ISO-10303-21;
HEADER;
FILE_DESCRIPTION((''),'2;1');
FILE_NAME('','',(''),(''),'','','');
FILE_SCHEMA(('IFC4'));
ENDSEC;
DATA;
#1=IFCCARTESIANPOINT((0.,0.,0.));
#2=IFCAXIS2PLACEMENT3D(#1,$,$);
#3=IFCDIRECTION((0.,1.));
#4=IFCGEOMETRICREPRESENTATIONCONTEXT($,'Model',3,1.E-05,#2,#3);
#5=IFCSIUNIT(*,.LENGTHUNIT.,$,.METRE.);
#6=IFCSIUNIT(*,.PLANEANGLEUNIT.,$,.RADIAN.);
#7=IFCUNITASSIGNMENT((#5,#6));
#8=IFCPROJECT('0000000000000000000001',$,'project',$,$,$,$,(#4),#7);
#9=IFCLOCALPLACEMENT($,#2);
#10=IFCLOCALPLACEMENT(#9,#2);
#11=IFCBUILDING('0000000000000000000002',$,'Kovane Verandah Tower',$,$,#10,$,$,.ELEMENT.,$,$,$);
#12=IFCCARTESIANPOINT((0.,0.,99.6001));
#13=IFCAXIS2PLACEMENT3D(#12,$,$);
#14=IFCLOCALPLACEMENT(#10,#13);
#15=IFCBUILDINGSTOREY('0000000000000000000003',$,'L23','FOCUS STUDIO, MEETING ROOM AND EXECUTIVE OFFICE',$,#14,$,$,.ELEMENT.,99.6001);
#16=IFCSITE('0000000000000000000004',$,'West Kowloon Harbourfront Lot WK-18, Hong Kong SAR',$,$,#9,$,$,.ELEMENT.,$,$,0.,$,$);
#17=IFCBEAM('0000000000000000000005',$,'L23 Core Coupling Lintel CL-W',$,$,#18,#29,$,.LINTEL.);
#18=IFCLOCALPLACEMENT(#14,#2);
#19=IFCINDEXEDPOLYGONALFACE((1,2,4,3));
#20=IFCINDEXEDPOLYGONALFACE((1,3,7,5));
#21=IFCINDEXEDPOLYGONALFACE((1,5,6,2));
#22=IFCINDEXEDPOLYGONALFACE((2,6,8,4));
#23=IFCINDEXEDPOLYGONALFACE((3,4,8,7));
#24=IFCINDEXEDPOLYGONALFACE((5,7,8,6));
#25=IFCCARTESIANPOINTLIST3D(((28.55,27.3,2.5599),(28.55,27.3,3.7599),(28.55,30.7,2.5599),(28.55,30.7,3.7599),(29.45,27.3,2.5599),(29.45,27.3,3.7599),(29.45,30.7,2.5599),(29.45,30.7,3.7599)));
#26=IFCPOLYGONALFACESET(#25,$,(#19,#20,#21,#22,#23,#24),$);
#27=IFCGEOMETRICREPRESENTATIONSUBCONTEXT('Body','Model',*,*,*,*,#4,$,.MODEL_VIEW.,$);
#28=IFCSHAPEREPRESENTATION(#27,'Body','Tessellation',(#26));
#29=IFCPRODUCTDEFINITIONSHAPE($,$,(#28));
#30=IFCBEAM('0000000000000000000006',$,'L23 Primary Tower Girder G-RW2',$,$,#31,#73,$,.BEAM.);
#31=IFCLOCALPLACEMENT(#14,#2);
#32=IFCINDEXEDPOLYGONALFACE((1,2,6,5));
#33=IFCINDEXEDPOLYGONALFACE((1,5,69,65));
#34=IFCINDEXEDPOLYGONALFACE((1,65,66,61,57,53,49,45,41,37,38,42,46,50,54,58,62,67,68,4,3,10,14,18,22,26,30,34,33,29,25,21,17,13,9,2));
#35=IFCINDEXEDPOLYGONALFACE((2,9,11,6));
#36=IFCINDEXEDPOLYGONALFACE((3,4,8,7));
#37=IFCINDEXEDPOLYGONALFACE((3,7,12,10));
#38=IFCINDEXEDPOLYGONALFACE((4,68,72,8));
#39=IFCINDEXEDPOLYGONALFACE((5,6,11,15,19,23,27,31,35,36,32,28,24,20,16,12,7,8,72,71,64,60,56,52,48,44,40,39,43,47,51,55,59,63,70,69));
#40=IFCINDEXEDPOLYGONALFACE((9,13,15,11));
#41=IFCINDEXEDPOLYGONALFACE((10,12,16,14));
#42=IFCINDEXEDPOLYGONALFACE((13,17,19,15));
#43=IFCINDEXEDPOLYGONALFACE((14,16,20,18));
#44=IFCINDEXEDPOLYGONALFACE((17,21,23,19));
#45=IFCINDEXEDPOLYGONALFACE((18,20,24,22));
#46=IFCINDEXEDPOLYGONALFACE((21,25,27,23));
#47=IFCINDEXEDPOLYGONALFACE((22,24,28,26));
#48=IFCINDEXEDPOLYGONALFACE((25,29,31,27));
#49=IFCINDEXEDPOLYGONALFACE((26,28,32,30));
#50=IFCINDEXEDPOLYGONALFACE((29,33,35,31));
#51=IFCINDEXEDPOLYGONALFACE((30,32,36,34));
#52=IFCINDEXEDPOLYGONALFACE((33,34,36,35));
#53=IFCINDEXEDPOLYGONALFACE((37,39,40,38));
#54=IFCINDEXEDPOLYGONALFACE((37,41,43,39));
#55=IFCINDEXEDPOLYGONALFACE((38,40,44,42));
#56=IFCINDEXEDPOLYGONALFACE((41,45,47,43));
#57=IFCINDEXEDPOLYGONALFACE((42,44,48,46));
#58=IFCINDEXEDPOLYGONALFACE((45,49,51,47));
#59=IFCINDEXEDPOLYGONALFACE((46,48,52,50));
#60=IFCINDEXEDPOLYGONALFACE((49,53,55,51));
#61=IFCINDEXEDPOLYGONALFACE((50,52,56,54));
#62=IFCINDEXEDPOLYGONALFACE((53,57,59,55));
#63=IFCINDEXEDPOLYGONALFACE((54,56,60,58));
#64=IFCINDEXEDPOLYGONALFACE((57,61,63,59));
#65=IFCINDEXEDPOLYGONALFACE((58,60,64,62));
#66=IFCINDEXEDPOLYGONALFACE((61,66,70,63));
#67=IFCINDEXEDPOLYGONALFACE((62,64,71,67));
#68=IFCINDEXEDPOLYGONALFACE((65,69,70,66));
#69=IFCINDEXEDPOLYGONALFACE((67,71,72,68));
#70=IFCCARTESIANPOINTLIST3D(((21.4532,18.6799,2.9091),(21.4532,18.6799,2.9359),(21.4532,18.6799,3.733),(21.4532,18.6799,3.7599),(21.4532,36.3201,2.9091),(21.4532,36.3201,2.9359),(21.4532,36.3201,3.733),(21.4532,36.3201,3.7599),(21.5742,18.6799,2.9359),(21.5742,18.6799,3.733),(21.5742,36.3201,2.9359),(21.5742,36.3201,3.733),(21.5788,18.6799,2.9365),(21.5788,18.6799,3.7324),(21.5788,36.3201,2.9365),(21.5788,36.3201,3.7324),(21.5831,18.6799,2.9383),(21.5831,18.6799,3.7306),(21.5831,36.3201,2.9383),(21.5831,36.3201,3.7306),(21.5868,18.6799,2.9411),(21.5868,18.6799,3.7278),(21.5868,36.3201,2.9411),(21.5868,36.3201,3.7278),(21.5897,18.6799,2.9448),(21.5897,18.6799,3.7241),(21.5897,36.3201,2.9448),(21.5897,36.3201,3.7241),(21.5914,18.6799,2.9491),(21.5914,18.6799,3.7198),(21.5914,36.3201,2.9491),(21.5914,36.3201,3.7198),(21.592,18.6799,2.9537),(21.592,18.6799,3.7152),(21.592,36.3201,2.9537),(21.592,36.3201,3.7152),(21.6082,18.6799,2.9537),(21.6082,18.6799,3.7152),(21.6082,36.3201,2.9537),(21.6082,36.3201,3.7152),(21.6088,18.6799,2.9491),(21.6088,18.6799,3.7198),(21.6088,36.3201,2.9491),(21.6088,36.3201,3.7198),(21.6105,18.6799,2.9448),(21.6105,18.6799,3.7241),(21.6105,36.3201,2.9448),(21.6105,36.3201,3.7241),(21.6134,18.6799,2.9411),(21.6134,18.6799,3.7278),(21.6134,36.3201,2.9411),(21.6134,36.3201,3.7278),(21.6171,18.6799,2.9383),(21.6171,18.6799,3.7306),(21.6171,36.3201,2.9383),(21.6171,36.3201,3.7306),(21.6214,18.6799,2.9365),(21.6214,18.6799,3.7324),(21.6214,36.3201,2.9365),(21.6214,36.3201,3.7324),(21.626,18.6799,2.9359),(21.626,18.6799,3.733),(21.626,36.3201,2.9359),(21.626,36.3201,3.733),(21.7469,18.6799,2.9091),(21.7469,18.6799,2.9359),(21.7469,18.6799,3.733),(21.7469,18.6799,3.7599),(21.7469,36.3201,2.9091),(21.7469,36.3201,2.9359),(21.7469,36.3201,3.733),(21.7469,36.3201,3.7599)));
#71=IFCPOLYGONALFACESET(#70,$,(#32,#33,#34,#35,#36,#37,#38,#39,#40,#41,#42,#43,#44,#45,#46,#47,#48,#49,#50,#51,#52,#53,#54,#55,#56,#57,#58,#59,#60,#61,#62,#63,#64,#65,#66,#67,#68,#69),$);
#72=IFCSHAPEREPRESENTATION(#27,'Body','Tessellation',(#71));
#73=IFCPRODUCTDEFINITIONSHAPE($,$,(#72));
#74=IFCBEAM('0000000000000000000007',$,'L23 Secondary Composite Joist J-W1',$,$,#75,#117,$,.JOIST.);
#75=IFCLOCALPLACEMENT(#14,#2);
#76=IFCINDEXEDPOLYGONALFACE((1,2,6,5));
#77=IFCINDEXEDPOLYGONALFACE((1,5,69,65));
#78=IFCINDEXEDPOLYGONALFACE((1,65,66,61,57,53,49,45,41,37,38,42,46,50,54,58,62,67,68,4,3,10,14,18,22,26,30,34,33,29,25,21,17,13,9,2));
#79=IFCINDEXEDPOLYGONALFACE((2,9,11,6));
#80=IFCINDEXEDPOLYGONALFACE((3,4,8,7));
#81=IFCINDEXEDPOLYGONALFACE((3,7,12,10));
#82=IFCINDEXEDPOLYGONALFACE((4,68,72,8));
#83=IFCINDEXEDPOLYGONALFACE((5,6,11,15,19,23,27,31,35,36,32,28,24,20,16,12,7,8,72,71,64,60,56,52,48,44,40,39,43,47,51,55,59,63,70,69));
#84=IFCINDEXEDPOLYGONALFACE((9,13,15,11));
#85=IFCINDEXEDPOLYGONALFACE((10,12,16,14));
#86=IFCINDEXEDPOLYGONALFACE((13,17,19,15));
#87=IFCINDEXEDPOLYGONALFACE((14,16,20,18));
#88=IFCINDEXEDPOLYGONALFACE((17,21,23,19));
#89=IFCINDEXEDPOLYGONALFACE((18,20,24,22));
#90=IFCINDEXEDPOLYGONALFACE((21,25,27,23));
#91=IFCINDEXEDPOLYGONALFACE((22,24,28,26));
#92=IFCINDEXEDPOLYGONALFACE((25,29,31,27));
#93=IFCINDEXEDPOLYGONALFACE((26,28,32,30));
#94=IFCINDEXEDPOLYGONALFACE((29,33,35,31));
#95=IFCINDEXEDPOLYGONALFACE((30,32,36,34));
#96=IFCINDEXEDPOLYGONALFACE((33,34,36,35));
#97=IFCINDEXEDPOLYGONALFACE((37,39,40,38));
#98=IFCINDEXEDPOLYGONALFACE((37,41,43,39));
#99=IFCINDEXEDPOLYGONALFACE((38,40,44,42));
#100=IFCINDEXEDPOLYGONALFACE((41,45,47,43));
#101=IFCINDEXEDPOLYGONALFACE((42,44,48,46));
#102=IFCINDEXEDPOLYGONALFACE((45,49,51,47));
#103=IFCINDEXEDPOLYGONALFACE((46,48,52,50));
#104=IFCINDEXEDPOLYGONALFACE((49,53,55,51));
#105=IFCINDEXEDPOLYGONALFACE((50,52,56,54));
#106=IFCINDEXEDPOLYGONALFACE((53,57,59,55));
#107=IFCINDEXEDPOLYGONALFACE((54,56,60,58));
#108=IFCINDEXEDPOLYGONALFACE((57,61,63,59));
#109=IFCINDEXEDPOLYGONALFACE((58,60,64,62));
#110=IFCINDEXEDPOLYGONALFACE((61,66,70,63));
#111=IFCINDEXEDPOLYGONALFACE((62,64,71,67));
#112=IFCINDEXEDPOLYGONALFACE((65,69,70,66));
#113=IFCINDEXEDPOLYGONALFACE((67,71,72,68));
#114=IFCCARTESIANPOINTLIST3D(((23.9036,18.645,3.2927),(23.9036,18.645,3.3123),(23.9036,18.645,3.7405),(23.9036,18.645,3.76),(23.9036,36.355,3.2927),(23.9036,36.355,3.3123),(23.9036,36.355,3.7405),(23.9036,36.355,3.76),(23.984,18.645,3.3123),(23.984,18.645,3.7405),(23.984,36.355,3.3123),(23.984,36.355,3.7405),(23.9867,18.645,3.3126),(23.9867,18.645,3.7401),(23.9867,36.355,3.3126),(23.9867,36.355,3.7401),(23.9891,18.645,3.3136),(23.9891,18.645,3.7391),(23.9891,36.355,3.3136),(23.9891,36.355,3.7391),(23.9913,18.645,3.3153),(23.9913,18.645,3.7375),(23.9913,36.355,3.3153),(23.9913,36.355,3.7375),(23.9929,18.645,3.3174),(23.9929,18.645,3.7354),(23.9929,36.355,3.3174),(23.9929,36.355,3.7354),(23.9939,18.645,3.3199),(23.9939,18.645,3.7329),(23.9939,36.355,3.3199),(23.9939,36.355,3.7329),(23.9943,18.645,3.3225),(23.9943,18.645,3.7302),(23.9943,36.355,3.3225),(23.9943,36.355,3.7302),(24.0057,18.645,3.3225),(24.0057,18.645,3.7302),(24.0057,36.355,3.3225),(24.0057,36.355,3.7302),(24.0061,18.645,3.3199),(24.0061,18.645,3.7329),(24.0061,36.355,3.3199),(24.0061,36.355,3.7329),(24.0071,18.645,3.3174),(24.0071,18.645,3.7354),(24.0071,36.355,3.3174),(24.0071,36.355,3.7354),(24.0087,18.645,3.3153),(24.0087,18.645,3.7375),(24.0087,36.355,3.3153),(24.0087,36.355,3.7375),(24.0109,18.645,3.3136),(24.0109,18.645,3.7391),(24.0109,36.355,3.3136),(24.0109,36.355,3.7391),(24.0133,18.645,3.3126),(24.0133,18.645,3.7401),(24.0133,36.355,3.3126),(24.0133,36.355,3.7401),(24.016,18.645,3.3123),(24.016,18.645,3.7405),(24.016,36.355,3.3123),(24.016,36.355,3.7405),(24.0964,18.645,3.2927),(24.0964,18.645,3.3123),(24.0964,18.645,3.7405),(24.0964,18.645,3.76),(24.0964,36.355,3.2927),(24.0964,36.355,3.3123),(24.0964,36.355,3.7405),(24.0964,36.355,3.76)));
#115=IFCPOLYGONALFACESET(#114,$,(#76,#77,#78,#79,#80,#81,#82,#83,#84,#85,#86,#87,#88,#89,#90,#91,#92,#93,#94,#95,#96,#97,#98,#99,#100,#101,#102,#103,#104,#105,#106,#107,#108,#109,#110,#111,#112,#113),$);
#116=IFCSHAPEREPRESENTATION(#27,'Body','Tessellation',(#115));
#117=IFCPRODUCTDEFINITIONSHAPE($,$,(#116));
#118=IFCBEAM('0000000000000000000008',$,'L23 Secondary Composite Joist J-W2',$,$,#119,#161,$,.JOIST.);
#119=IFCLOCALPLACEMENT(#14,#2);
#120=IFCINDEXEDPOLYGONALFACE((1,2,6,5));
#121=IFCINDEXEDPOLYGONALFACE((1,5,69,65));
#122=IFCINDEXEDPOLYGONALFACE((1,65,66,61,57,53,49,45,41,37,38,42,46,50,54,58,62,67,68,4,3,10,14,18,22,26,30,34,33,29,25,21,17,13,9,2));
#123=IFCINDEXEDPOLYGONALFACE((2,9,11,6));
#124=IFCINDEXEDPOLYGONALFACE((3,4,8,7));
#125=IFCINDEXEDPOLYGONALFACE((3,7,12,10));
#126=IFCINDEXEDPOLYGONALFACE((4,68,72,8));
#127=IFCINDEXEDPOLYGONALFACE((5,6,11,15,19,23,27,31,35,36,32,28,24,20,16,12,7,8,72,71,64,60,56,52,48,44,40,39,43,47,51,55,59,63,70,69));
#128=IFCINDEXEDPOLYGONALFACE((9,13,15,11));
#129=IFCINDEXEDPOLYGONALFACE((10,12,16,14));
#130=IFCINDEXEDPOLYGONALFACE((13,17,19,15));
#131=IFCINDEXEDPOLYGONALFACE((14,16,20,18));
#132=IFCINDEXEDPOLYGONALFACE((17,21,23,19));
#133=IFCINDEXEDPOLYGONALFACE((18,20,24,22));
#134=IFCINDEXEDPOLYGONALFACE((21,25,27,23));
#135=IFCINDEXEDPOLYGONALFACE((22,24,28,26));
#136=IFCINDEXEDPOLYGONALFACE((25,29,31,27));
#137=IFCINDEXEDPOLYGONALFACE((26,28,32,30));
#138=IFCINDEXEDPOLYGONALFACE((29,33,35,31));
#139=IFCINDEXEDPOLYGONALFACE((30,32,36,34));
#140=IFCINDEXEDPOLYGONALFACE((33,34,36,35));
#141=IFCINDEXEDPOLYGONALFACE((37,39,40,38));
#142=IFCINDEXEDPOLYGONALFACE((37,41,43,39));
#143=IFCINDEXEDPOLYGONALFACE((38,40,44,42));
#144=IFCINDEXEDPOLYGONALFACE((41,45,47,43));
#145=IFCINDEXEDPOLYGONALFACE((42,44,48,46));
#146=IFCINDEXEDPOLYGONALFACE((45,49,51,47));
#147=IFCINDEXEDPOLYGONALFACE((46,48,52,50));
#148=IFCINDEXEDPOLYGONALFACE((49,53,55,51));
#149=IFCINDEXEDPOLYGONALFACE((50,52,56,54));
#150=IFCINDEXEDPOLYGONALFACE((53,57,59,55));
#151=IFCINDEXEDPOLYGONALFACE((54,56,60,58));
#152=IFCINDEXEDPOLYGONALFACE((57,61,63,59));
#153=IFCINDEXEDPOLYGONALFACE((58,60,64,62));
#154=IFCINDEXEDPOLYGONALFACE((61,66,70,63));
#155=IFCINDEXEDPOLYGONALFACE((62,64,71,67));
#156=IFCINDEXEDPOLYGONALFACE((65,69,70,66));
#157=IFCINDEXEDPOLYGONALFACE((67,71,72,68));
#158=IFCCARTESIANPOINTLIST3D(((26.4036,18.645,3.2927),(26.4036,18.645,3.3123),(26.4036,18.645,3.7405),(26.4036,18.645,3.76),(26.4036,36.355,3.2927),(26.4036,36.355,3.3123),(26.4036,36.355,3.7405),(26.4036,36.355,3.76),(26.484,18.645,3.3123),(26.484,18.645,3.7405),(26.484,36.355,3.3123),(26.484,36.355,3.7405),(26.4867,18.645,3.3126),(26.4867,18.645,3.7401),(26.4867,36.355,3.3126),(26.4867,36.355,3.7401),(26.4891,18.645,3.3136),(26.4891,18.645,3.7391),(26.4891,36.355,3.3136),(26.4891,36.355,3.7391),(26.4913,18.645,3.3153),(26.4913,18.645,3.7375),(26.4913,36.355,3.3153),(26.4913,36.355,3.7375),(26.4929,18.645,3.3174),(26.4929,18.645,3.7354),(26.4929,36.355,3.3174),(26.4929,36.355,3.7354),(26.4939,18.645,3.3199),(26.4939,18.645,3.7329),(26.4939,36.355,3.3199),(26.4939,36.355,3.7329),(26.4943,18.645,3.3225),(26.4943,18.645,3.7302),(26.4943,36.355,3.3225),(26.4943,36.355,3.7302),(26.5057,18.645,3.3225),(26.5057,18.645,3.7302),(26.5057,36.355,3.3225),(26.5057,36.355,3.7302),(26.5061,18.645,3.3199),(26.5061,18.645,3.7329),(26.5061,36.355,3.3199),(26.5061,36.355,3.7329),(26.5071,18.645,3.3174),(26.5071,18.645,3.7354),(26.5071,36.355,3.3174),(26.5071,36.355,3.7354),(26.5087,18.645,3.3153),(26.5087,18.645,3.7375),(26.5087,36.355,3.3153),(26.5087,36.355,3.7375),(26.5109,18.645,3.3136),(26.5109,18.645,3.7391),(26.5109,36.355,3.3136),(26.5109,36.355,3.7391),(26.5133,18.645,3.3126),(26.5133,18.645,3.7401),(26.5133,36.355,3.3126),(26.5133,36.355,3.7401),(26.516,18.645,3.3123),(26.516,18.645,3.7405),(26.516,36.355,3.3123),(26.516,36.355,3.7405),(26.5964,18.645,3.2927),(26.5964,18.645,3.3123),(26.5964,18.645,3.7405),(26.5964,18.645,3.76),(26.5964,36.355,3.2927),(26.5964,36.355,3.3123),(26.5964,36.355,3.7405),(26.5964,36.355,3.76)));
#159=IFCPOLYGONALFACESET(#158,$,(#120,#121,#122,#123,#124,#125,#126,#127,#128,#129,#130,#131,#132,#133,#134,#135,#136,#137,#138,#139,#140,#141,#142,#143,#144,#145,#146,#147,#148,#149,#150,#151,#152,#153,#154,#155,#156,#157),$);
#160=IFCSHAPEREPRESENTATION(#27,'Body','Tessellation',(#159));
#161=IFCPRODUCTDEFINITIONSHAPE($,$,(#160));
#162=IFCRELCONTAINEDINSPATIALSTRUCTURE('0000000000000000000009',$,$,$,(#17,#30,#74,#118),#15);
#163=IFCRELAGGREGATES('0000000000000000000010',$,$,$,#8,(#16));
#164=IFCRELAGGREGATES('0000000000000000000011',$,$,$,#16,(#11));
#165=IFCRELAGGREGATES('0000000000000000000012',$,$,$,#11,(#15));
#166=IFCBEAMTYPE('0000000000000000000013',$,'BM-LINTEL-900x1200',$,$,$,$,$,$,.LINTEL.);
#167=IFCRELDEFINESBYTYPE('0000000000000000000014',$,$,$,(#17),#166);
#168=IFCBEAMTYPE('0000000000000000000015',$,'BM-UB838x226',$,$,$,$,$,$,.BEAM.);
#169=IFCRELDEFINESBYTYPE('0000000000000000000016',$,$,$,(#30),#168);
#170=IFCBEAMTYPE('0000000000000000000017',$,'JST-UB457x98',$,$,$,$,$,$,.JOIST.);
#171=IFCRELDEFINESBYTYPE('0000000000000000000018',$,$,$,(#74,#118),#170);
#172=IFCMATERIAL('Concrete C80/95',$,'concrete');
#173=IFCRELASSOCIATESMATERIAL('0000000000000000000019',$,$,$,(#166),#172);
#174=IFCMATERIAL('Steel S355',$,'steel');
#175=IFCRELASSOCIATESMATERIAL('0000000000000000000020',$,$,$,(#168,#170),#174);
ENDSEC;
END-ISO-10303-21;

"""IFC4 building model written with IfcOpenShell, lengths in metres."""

from ifc_helpers import new_model, si_unit, direction, frame, origin, origin_2d, place, context, subcontext, project, spatial, rectangle, i_section, extrude, material, material_profile, profile_set, type_object, element, save


model = new_model("IFC4")

# Units and contexts
model_context = context("Model", 3, precision=1e-05, world=origin(), true_north=direction((0.0, 1.0)))
body_context = subcontext(model_context, "Body", "Model", "MODEL_VIEW")
ifc_project = project(units=[si_unit("LENGTHUNIT", "METRE"), si_unit("PLANEANGLEUNIT", "RADIAN")], contexts=[model_context])

# Site, building, storey
site_placement = place(None, origin())
site = spatial("IfcSite", under=ifc_project, at=site_placement, Name="West Kowloon Harbourfront Lot WK-18, Hong Kong SAR", CompositionType="ELEMENT", RefElevation=0.0)
building_placement = place(site_placement, origin())
building = spatial("IfcBuilding", under=site, at=building_placement, Name="Kovane Verandah Tower", CompositionType="ELEMENT")
storey_placement = place(building_placement, frame((0.0, 0.0, 99.6001)))
storey = spatial("IfcBuildingStorey", under=building, at=storey_placement, Name="L23", Description="FOCUS STUDIO, MEETING ROOM AND EXECUTIVE OFFICE", CompositionType="ELEMENT", Elevation=99.6001)

# Beams
ifc_material_1 = material(Name="Concrete C80/95", Category="concrete")
ifc_material_profile_1 = material_profile(ifc_material_1, rectangle(XDim=0.8999, YDim=1.2, at=origin_2d()), Name="RCB900x1200")
ifc_profile_set_1 = profile_set([ifc_material_profile_1], Name="Concrete C80/95")
beam_type_1 = type_object("IfcBeamType", Name="BM-LINTEL-900x1200", PredefinedType="LINTEL", material=ifc_profile_set_1)
beam_1_placement = place(storey_placement, frame((29.0, 27.3, 3.1599), z_axis=(0.0, 1.0, 0.0), x_axis=(-1.0, 0.0, 0.0)))
element("IfcBeam", 1, at=beam_1_placement, inside=storey, type_object=beam_type_1, Name="L23 Core Coupling Lintel CL-W", PredefinedType="LINTEL", context=body_context, shape_type="SweptSolid", body=[
    extrude(rectangle(XDim=0.8999, YDim=1.2, at=origin_2d()), origin(), (0.0, 0.0, 1.0), 3.3999),
])
ifc_material_2 = material(Name="Steel S355", Category="steel")
ifc_material_profile_2 = material_profile(ifc_material_2, i_section(OverallWidth=0.2937, OverallDepth=0.8508, WebThickness=0.0161, FlangeThickness=0.0269, FilletRadius=0.0178, at=origin_2d()), Name="UB838x292x226")
ifc_profile_set_2 = profile_set([ifc_material_profile_2], Name="Steel S355")
beam_type_2 = type_object("IfcBeamType", Name="BM-UB838x226", PredefinedType="BEAM", material=ifc_profile_set_2)
beam_2_placement = place(storey_placement, frame((21.6001, 18.6799, 3.3345), z_axis=(0.0, 1.0, 0.0), x_axis=(-1.0, 0.0, 0.0)))
element("IfcBeam", 2, at=beam_2_placement, inside=storey, type_object=beam_type_2, Name="L23 Primary Tower Girder G-RW2", PredefinedType="BEAM", context=body_context, shape_type="SweptSolid", body=[
    extrude(i_section(OverallWidth=0.2937, OverallDepth=0.8508, WebThickness=0.0161, FlangeThickness=0.0269, FilletRadius=0.0178, at=origin_2d()), origin(), (0.0, 0.0, 1.0), 17.6401),
])
ifc_material_profile_3 = material_profile(ifc_material_2, i_section(OverallWidth=0.1929, OverallDepth=0.4673, WebThickness=0.0115, FlangeThickness=0.0195, FilletRadius=0.0103, at=origin_2d()), Name="UB457x191x98")
ifc_profile_set_3 = profile_set([ifc_material_profile_3], Name="Steel S355")
beam_type_3 = type_object("IfcBeamType", Name="JST-UB457x98", PredefinedType="JOIST", material=ifc_profile_set_3)
for number, where, z_axis, x_axis, name in (
    (3, (24.0, 18.645, 3.5264), (0.0, 1.0, 0.0), (-1.0, 0.0, 0.0), "L23 Secondary Composite Joist J-W1"),
    (4, (26.5, 18.645, 3.5264), (0.0, 1.0, 0.0), (-1.0, 0.0, 0.0), "L23 Secondary Composite Joist J-W2"),
):
    element("IfcBeam", number, at=place(storey_placement, frame(where, z_axis=z_axis, x_axis=x_axis)), inside=storey, type_object=beam_type_3, Name=name, PredefinedType="JOIST", context=body_context, shape_type="SweptSolid", body=[
        extrude(i_section(OverallWidth=0.1929, OverallDepth=0.4673, WebThickness=0.0115, FlangeThickness=0.0195, FilletRadius=0.0103, at=origin_2d()), origin(), (0.0, 0.0, 1.0), 17.71),
    ])

save(model, "model.ifc")
